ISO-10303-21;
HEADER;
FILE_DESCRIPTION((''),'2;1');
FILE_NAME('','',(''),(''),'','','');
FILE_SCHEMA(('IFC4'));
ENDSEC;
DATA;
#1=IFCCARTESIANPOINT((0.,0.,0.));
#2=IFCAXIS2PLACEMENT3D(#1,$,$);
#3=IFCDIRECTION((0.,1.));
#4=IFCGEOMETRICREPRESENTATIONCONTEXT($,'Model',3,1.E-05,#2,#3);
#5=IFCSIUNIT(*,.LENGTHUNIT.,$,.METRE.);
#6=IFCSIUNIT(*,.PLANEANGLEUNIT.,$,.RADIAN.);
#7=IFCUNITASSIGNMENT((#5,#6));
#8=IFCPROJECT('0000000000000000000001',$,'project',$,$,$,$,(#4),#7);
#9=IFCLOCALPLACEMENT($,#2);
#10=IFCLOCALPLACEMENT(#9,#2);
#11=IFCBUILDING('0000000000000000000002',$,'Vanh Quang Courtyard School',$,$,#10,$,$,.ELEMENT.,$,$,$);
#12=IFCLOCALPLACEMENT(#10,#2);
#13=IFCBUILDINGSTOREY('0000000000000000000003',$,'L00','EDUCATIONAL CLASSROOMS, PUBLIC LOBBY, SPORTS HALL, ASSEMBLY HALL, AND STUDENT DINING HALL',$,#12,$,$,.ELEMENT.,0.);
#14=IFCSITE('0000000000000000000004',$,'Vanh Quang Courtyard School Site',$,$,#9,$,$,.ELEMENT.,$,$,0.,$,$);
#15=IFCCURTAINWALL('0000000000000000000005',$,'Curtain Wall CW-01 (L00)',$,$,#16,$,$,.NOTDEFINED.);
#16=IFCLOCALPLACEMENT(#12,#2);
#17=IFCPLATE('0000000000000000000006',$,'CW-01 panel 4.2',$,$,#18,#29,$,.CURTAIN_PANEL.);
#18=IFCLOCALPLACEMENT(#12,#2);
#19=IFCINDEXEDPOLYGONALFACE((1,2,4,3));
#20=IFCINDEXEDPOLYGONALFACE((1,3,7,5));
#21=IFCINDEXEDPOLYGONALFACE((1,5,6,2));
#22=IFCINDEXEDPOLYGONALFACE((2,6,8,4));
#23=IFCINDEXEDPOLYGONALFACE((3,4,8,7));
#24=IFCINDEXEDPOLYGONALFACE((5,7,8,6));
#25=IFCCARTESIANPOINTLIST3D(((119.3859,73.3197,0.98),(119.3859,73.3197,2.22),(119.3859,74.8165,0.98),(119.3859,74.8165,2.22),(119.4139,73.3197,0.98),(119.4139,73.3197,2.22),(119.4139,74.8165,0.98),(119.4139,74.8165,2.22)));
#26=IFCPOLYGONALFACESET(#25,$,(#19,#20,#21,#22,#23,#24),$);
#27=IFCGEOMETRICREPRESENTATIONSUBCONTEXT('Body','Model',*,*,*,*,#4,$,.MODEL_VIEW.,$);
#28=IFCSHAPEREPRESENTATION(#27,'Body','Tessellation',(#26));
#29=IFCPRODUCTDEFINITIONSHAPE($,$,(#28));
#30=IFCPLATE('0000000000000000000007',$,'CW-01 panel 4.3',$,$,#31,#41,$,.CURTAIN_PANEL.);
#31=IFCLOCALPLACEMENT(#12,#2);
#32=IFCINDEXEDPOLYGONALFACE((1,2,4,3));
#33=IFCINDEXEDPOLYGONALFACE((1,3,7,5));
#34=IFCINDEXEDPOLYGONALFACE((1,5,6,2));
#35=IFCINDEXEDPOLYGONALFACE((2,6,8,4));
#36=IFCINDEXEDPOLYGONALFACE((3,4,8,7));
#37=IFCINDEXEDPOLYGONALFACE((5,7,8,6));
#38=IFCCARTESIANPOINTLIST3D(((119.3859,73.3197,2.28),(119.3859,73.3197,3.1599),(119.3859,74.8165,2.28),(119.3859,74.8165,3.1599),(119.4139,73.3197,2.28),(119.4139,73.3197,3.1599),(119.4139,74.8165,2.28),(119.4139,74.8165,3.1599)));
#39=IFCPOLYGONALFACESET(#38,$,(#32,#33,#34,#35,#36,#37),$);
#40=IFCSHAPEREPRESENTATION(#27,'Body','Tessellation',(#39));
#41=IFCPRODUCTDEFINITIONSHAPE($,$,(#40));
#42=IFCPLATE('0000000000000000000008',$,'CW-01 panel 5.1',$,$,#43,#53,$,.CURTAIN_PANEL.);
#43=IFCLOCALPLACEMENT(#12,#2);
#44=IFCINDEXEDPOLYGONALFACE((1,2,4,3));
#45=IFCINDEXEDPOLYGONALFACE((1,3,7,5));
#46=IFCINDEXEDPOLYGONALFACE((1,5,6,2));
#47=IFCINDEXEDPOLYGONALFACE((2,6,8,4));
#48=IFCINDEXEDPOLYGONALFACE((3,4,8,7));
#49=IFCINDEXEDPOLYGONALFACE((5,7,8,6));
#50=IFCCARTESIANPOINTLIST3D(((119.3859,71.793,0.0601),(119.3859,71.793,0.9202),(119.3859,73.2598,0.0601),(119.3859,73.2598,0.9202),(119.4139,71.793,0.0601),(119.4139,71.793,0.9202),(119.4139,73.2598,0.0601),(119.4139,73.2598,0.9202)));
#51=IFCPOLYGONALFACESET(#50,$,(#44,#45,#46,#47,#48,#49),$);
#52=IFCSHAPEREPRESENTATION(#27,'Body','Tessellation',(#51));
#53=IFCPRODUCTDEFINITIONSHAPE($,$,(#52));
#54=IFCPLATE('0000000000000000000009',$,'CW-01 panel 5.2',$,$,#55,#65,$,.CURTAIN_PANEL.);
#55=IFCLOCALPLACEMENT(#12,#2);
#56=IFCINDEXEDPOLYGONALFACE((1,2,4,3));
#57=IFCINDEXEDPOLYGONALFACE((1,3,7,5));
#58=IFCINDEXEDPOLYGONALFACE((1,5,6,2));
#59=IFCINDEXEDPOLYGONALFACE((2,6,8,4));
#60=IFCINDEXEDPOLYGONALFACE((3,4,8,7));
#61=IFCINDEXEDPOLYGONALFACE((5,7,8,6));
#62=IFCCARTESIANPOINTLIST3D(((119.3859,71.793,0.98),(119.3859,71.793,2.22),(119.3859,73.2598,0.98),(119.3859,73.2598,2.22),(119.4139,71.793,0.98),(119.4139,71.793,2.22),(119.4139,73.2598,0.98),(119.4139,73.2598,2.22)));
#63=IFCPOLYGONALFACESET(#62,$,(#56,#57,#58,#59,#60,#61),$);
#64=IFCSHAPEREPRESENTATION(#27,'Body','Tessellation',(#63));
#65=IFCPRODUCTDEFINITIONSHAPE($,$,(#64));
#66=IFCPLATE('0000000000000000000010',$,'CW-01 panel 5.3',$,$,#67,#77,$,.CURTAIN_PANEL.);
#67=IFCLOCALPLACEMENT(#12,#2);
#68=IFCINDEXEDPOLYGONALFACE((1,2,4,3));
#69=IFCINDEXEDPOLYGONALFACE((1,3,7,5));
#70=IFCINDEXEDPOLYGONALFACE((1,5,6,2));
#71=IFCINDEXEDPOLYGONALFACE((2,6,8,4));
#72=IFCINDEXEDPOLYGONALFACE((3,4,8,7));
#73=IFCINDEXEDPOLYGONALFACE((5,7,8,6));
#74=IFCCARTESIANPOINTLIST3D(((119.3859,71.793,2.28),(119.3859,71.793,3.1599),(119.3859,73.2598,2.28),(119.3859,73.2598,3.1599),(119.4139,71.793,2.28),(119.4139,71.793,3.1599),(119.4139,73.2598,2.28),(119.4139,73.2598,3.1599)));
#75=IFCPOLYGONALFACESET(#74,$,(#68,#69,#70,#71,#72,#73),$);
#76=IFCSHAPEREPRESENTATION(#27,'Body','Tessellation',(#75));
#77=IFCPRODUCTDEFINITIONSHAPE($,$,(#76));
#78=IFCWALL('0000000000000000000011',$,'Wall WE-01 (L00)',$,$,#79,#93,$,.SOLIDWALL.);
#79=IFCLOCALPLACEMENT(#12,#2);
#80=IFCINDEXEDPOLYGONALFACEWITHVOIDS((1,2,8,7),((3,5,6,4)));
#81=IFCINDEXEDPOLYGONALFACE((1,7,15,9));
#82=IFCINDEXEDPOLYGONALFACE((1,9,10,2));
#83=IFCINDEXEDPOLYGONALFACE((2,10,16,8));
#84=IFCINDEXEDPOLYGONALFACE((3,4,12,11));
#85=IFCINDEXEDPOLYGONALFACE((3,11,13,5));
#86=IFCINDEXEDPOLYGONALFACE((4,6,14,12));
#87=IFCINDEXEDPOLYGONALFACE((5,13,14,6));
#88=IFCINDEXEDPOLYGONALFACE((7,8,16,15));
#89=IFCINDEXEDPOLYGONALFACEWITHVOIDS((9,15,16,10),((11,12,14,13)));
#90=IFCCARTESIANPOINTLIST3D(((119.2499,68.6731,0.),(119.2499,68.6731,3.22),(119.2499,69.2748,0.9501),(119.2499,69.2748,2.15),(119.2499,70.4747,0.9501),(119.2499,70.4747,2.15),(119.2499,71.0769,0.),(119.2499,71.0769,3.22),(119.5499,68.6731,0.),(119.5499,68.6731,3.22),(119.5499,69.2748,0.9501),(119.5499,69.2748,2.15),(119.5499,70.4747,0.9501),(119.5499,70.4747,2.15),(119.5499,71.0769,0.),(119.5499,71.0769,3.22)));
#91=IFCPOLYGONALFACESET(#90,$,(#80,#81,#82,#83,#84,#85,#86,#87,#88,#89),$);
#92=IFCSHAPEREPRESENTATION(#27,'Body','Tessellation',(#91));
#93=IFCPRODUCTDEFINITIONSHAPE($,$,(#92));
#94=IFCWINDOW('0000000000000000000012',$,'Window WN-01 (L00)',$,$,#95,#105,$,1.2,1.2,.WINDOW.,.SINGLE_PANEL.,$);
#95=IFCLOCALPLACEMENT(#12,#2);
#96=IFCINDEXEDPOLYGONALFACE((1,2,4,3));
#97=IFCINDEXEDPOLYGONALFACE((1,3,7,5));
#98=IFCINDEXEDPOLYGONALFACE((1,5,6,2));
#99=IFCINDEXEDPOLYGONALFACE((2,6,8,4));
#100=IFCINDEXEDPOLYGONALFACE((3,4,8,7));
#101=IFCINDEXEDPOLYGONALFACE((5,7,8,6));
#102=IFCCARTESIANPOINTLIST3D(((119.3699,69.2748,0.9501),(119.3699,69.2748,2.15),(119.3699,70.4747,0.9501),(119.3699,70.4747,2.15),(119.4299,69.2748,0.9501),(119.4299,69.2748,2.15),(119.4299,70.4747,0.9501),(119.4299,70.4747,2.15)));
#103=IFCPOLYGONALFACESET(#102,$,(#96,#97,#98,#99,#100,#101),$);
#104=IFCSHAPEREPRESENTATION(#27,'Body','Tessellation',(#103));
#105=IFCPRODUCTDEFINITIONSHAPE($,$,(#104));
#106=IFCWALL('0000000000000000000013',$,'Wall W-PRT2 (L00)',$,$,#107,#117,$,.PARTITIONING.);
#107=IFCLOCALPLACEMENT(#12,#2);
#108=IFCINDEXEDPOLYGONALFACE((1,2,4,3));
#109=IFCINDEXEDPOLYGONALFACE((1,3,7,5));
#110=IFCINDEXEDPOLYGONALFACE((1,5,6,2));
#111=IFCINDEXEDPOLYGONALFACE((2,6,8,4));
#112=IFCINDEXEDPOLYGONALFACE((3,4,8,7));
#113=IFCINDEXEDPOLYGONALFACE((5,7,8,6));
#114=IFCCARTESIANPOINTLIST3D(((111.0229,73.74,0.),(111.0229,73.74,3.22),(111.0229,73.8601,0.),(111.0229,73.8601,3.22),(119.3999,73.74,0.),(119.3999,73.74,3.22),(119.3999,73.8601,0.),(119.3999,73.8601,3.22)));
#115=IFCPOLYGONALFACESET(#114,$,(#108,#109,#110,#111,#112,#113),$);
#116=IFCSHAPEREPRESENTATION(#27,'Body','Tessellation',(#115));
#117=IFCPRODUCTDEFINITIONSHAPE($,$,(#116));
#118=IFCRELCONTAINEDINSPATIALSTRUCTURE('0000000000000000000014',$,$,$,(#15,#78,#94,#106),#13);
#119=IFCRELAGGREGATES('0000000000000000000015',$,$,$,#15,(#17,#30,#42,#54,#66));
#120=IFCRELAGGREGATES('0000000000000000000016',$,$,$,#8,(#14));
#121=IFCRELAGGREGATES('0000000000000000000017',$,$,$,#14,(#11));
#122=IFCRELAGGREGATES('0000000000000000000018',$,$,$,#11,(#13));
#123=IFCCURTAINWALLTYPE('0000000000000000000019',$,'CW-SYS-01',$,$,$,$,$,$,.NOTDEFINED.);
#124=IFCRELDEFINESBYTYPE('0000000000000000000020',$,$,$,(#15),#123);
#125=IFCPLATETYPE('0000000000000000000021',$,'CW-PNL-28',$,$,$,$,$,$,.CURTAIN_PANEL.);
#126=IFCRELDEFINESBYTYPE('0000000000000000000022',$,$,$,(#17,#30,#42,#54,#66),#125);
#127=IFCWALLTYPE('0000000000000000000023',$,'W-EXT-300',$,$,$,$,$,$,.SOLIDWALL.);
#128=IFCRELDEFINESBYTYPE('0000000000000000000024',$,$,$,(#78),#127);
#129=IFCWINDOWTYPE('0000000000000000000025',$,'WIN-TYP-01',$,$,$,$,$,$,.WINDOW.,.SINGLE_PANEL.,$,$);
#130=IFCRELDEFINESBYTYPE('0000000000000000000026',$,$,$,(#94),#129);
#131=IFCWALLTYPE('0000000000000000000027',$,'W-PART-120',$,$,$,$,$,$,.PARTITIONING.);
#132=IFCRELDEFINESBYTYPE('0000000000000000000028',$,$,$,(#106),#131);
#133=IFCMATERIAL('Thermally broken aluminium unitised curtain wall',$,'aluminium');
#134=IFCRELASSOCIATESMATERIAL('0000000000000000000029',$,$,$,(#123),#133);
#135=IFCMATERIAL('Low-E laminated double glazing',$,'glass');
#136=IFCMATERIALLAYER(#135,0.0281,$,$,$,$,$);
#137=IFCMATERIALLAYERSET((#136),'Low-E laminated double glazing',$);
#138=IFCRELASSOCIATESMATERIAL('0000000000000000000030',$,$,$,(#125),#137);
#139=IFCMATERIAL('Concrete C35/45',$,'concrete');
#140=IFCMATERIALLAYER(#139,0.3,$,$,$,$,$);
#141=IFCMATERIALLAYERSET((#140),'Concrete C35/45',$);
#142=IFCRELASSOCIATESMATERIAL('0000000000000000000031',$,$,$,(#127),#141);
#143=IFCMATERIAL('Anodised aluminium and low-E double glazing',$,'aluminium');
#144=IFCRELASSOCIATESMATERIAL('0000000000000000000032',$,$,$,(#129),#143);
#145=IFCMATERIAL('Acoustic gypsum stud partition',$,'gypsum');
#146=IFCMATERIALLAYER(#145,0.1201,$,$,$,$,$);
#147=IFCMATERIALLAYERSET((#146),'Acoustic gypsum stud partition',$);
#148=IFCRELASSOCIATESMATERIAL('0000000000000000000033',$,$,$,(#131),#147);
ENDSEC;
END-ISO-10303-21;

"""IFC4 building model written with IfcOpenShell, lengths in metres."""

from ifc_helpers import new_model, si_unit, direction, frame, frame_2d, origin, origin_2d, place, context, subcontext, project, spatial, rectangle, extrude, material, layer, layer_set, type_object, element, fill, aggregate, save


model = new_model("IFC4")

# Units and contexts
model_context = context("Model", 3, precision=1e-05, world=origin(), true_north=direction((0.0, 1.0)))
body_context = subcontext(model_context, "Body", "Model", "MODEL_VIEW")
ifc_project = project(units=[si_unit("LENGTHUNIT", "METRE"), si_unit("PLANEANGLEUNIT", "RADIAN")], contexts=[model_context])

# Site, building, storey
site_placement = place(None, origin())
site = spatial("IfcSite", under=ifc_project, at=site_placement, Name="Vanh Quang Courtyard School Site", CompositionType="ELEMENT", RefElevation=0.0)
building_placement = place(site_placement, origin())
building = spatial("IfcBuilding", under=site, at=building_placement, Name="Vanh Quang Courtyard School", CompositionType="ELEMENT")
storey_placement = place(building_placement, origin())
storey = spatial("IfcBuildingStorey", under=building, at=storey_placement, Name="L00", Description="EDUCATIONAL CLASSROOMS, PUBLIC LOBBY, SPORTS HALL, ASSEMBLY HALL, AND STUDENT DINING HALL", CompositionType="ELEMENT", Elevation=0.0)

# Shared definitions
ifc_material_1 = material(Name="Concrete C35/45", Category="concrete")

# Curtain wall, plates
ifc_material_2 = material(Name="Thermally broken aluminium unitised curtain wall", Category="aluminium")
curtain_wall_type = type_object("IfcCurtainWallType", Name="CW-SYS-01", PredefinedType="NOTDEFINED", material=ifc_material_2)
curtain_wall_placement = place(storey_placement, origin())
curtain_wall = element("IfcCurtainWall", 1, at=curtain_wall_placement, inside=storey, type_object=curtain_wall_type, Name="Curtain Wall CW-01 (L00)", PredefinedType="NOTDEFINED")
ifc_material_3 = material(Name="Low-E laminated double glazing", Category="glass")
ifc_layer_1 = layer(ifc_material_3, 0.0281)
ifc_layer_set_1 = layer_set([ifc_layer_1], Name="Low-E laminated double glazing")
plate_type = type_object("IfcPlateType", Name="CW-PNL-28", PredefinedType="CURTAIN_PANEL", material=ifc_layer_set_1)
plate_1_placement = place(storey_placement, frame((119.3999, 74.0681, 0.98), z_axis=(0.0, 0.0, 1.0), x_axis=(0.0, -1.0, 0.0)))
plate_1 = element("IfcPlate", 2, at=plate_1_placement, type_object=plate_type, Name="CW-01 panel 4.2", PredefinedType="CURTAIN_PANEL", context=body_context, shape_type="SweptSolid", body=[
    extrude(rectangle(XDim=1.4968, YDim=0.0281, at=origin_2d()), origin(), (0.0, 0.0, 1.0), 1.24),
])
plate_2_placement = place(storey_placement, frame((119.3999, 74.0681, 2.28), z_axis=(0.0, 0.0, 1.0), x_axis=(0.0, -1.0, 0.0)))
plate_2 = element("IfcPlate", 3, at=plate_2_placement, type_object=plate_type, Name="CW-01 panel 4.3", PredefinedType="CURTAIN_PANEL", context=body_context, shape_type="SweptSolid", body=[
    extrude(rectangle(XDim=1.4968, YDim=0.0281, at=origin_2d()), origin(), (0.0, 0.0, 1.0), 0.8799),
])
plate_3_placement = place(storey_placement, frame((119.3999, 72.5264, 0.0601), z_axis=(0.0, 0.0, 1.0), x_axis=(0.0, -1.0, 0.0)))
plate_3 = element("IfcPlate", 4, at=plate_3_placement, type_object=plate_type, Name="CW-01 panel 5.1", PredefinedType="CURTAIN_PANEL", context=body_context, shape_type="SweptSolid", body=[
    extrude(rectangle(XDim=1.4668, YDim=0.0281, at=origin_2d()), origin(), (0.0, 0.0, 1.0), 0.8601),
])
plate_4_placement = place(storey_placement, frame((119.3999, 72.5264, 0.98), z_axis=(0.0, 0.0, 1.0), x_axis=(0.0, -1.0, 0.0)))
plate_4 = element("IfcPlate", 5, at=plate_4_placement, type_object=plate_type, Name="CW-01 panel 5.2", PredefinedType="CURTAIN_PANEL", context=body_context, shape_type="SweptSolid", body=[
    extrude(rectangle(XDim=1.4668, YDim=0.0281, at=origin_2d()), origin(), (0.0, 0.0, 1.0), 1.24),
])
plate_5_placement = place(storey_placement, frame((119.3999, 72.5264, 2.28), z_axis=(0.0, 0.0, 1.0), x_axis=(0.0, -1.0, 0.0)))
plate_5 = element("IfcPlate", 6, at=plate_5_placement, type_object=plate_type, Name="CW-01 panel 5.3", PredefinedType="CURTAIN_PANEL", context=body_context, shape_type="SweptSolid", body=[
    extrude(rectangle(XDim=1.4668, YDim=0.0281, at=origin_2d()), origin(), (0.0, 0.0, 1.0), 0.8799),
])
aggregate(curtain_wall, [plate_1, plate_2, plate_3, plate_4, plate_5])

# Wall, opening, window
ifc_layer_2 = layer(ifc_material_1, 0.3)
ifc_layer_set_2 = layer_set([ifc_layer_2], Name="Concrete C35/45")
wall_type_1 = type_object("IfcWallType", Name="W-EXT-300", PredefinedType="SOLIDWALL", material=ifc_layer_set_2)
wall_1_placement = place(storey_placement, frame((119.3999, 71.0769, 0.0), z_axis=(0.0, 0.0, 1.0), x_axis=(0.0, -1.0, 0.0)))
wall_1 = element("IfcWall", 7, at=wall_1_placement, inside=storey, type_object=wall_type_1, Name="Wall WE-01 (L00)", PredefinedType="SOLIDWALL", context=body_context, shape_type="SweptSolid", body=[
    extrude(rectangle(XDim=2.4038, YDim=0.3, at=frame_2d((1.2019, 0.0))), origin(), (0.0, 0.0, 1.0), 3.22),
])
opening_placement = place(wall_1_placement, frame((0.6021, 0.0, 0.95)))
opening = element("IfcOpeningElement", 8, at=opening_placement, cuts=wall_1, PredefinedType="OPENING", context=body_context, shape_type="SweptSolid", body=[
    extrude(rectangle(XDim=1.2, YDim=1.2, at=frame_2d((0.6001, 0.6001))), frame((0.0, 0.1602, 0.0), z_axis=(0.0, -1.0, 0.0), x_axis=(1.0, 0.0, 0.0)), (0.0, 0.0, 1.0), 0.3201),
])
ifc_material_4 = material(Name="Anodised aluminium and low-E double glazing", Category="aluminium")
window_type = type_object("IfcWindowType", Name="WIN-TYP-01", PartitioningType="SINGLE_PANEL", PredefinedType="WINDOW", material=ifc_material_4)
window_placement = place(opening_placement, origin())
window = element("IfcWindow", 9, at=window_placement, inside=storey, type_object=window_type, Name="Window WN-01 (L00)", OverallHeight=1.2, OverallWidth=1.2, PartitioningType="SINGLE_PANEL", PredefinedType="WINDOW", context=body_context, shape_type="SweptSolid", body=[
    extrude(rectangle(XDim=1.2, YDim=1.2, at=frame_2d((0.6001, 0.6001))), frame((0.0, 0.03, 0.0), z_axis=(0.0, -1.0, 0.0), x_axis=(1.0, 0.0, 0.0)), (0.0, 0.0, 1.0), 0.0601),
])
fill(opening, window)

# Wall
ifc_material_5 = material(Name="Acoustic gypsum stud partition", Category="gypsum")
ifc_layer_3 = layer(ifc_material_5, 0.1201)
ifc_layer_set_3 = layer_set([ifc_layer_3], Name="Acoustic gypsum stud partition")
wall_type_2 = type_object("IfcWallType", Name="W-PART-120", PredefinedType="PARTITIONING", material=ifc_layer_set_3)
wall_2_placement = place(storey_placement, frame((119.3999, 73.8, 0.0), z_axis=(0.0, 0.0, 1.0), x_axis=(-1.0, 0.0, 0.0)))
element("IfcWall", 10, at=wall_2_placement, inside=storey, type_object=wall_type_2, Name="Wall W-PRT2 (L00)", PredefinedType="PARTITIONING", context=body_context, shape_type="SweptSolid", body=[
    extrude(rectangle(XDim=8.377, YDim=0.1201, at=frame_2d((4.1885, 0.0))), origin(), (0.0, 0.0, 1.0), 3.22),
])

save(model, "model.ifc")
